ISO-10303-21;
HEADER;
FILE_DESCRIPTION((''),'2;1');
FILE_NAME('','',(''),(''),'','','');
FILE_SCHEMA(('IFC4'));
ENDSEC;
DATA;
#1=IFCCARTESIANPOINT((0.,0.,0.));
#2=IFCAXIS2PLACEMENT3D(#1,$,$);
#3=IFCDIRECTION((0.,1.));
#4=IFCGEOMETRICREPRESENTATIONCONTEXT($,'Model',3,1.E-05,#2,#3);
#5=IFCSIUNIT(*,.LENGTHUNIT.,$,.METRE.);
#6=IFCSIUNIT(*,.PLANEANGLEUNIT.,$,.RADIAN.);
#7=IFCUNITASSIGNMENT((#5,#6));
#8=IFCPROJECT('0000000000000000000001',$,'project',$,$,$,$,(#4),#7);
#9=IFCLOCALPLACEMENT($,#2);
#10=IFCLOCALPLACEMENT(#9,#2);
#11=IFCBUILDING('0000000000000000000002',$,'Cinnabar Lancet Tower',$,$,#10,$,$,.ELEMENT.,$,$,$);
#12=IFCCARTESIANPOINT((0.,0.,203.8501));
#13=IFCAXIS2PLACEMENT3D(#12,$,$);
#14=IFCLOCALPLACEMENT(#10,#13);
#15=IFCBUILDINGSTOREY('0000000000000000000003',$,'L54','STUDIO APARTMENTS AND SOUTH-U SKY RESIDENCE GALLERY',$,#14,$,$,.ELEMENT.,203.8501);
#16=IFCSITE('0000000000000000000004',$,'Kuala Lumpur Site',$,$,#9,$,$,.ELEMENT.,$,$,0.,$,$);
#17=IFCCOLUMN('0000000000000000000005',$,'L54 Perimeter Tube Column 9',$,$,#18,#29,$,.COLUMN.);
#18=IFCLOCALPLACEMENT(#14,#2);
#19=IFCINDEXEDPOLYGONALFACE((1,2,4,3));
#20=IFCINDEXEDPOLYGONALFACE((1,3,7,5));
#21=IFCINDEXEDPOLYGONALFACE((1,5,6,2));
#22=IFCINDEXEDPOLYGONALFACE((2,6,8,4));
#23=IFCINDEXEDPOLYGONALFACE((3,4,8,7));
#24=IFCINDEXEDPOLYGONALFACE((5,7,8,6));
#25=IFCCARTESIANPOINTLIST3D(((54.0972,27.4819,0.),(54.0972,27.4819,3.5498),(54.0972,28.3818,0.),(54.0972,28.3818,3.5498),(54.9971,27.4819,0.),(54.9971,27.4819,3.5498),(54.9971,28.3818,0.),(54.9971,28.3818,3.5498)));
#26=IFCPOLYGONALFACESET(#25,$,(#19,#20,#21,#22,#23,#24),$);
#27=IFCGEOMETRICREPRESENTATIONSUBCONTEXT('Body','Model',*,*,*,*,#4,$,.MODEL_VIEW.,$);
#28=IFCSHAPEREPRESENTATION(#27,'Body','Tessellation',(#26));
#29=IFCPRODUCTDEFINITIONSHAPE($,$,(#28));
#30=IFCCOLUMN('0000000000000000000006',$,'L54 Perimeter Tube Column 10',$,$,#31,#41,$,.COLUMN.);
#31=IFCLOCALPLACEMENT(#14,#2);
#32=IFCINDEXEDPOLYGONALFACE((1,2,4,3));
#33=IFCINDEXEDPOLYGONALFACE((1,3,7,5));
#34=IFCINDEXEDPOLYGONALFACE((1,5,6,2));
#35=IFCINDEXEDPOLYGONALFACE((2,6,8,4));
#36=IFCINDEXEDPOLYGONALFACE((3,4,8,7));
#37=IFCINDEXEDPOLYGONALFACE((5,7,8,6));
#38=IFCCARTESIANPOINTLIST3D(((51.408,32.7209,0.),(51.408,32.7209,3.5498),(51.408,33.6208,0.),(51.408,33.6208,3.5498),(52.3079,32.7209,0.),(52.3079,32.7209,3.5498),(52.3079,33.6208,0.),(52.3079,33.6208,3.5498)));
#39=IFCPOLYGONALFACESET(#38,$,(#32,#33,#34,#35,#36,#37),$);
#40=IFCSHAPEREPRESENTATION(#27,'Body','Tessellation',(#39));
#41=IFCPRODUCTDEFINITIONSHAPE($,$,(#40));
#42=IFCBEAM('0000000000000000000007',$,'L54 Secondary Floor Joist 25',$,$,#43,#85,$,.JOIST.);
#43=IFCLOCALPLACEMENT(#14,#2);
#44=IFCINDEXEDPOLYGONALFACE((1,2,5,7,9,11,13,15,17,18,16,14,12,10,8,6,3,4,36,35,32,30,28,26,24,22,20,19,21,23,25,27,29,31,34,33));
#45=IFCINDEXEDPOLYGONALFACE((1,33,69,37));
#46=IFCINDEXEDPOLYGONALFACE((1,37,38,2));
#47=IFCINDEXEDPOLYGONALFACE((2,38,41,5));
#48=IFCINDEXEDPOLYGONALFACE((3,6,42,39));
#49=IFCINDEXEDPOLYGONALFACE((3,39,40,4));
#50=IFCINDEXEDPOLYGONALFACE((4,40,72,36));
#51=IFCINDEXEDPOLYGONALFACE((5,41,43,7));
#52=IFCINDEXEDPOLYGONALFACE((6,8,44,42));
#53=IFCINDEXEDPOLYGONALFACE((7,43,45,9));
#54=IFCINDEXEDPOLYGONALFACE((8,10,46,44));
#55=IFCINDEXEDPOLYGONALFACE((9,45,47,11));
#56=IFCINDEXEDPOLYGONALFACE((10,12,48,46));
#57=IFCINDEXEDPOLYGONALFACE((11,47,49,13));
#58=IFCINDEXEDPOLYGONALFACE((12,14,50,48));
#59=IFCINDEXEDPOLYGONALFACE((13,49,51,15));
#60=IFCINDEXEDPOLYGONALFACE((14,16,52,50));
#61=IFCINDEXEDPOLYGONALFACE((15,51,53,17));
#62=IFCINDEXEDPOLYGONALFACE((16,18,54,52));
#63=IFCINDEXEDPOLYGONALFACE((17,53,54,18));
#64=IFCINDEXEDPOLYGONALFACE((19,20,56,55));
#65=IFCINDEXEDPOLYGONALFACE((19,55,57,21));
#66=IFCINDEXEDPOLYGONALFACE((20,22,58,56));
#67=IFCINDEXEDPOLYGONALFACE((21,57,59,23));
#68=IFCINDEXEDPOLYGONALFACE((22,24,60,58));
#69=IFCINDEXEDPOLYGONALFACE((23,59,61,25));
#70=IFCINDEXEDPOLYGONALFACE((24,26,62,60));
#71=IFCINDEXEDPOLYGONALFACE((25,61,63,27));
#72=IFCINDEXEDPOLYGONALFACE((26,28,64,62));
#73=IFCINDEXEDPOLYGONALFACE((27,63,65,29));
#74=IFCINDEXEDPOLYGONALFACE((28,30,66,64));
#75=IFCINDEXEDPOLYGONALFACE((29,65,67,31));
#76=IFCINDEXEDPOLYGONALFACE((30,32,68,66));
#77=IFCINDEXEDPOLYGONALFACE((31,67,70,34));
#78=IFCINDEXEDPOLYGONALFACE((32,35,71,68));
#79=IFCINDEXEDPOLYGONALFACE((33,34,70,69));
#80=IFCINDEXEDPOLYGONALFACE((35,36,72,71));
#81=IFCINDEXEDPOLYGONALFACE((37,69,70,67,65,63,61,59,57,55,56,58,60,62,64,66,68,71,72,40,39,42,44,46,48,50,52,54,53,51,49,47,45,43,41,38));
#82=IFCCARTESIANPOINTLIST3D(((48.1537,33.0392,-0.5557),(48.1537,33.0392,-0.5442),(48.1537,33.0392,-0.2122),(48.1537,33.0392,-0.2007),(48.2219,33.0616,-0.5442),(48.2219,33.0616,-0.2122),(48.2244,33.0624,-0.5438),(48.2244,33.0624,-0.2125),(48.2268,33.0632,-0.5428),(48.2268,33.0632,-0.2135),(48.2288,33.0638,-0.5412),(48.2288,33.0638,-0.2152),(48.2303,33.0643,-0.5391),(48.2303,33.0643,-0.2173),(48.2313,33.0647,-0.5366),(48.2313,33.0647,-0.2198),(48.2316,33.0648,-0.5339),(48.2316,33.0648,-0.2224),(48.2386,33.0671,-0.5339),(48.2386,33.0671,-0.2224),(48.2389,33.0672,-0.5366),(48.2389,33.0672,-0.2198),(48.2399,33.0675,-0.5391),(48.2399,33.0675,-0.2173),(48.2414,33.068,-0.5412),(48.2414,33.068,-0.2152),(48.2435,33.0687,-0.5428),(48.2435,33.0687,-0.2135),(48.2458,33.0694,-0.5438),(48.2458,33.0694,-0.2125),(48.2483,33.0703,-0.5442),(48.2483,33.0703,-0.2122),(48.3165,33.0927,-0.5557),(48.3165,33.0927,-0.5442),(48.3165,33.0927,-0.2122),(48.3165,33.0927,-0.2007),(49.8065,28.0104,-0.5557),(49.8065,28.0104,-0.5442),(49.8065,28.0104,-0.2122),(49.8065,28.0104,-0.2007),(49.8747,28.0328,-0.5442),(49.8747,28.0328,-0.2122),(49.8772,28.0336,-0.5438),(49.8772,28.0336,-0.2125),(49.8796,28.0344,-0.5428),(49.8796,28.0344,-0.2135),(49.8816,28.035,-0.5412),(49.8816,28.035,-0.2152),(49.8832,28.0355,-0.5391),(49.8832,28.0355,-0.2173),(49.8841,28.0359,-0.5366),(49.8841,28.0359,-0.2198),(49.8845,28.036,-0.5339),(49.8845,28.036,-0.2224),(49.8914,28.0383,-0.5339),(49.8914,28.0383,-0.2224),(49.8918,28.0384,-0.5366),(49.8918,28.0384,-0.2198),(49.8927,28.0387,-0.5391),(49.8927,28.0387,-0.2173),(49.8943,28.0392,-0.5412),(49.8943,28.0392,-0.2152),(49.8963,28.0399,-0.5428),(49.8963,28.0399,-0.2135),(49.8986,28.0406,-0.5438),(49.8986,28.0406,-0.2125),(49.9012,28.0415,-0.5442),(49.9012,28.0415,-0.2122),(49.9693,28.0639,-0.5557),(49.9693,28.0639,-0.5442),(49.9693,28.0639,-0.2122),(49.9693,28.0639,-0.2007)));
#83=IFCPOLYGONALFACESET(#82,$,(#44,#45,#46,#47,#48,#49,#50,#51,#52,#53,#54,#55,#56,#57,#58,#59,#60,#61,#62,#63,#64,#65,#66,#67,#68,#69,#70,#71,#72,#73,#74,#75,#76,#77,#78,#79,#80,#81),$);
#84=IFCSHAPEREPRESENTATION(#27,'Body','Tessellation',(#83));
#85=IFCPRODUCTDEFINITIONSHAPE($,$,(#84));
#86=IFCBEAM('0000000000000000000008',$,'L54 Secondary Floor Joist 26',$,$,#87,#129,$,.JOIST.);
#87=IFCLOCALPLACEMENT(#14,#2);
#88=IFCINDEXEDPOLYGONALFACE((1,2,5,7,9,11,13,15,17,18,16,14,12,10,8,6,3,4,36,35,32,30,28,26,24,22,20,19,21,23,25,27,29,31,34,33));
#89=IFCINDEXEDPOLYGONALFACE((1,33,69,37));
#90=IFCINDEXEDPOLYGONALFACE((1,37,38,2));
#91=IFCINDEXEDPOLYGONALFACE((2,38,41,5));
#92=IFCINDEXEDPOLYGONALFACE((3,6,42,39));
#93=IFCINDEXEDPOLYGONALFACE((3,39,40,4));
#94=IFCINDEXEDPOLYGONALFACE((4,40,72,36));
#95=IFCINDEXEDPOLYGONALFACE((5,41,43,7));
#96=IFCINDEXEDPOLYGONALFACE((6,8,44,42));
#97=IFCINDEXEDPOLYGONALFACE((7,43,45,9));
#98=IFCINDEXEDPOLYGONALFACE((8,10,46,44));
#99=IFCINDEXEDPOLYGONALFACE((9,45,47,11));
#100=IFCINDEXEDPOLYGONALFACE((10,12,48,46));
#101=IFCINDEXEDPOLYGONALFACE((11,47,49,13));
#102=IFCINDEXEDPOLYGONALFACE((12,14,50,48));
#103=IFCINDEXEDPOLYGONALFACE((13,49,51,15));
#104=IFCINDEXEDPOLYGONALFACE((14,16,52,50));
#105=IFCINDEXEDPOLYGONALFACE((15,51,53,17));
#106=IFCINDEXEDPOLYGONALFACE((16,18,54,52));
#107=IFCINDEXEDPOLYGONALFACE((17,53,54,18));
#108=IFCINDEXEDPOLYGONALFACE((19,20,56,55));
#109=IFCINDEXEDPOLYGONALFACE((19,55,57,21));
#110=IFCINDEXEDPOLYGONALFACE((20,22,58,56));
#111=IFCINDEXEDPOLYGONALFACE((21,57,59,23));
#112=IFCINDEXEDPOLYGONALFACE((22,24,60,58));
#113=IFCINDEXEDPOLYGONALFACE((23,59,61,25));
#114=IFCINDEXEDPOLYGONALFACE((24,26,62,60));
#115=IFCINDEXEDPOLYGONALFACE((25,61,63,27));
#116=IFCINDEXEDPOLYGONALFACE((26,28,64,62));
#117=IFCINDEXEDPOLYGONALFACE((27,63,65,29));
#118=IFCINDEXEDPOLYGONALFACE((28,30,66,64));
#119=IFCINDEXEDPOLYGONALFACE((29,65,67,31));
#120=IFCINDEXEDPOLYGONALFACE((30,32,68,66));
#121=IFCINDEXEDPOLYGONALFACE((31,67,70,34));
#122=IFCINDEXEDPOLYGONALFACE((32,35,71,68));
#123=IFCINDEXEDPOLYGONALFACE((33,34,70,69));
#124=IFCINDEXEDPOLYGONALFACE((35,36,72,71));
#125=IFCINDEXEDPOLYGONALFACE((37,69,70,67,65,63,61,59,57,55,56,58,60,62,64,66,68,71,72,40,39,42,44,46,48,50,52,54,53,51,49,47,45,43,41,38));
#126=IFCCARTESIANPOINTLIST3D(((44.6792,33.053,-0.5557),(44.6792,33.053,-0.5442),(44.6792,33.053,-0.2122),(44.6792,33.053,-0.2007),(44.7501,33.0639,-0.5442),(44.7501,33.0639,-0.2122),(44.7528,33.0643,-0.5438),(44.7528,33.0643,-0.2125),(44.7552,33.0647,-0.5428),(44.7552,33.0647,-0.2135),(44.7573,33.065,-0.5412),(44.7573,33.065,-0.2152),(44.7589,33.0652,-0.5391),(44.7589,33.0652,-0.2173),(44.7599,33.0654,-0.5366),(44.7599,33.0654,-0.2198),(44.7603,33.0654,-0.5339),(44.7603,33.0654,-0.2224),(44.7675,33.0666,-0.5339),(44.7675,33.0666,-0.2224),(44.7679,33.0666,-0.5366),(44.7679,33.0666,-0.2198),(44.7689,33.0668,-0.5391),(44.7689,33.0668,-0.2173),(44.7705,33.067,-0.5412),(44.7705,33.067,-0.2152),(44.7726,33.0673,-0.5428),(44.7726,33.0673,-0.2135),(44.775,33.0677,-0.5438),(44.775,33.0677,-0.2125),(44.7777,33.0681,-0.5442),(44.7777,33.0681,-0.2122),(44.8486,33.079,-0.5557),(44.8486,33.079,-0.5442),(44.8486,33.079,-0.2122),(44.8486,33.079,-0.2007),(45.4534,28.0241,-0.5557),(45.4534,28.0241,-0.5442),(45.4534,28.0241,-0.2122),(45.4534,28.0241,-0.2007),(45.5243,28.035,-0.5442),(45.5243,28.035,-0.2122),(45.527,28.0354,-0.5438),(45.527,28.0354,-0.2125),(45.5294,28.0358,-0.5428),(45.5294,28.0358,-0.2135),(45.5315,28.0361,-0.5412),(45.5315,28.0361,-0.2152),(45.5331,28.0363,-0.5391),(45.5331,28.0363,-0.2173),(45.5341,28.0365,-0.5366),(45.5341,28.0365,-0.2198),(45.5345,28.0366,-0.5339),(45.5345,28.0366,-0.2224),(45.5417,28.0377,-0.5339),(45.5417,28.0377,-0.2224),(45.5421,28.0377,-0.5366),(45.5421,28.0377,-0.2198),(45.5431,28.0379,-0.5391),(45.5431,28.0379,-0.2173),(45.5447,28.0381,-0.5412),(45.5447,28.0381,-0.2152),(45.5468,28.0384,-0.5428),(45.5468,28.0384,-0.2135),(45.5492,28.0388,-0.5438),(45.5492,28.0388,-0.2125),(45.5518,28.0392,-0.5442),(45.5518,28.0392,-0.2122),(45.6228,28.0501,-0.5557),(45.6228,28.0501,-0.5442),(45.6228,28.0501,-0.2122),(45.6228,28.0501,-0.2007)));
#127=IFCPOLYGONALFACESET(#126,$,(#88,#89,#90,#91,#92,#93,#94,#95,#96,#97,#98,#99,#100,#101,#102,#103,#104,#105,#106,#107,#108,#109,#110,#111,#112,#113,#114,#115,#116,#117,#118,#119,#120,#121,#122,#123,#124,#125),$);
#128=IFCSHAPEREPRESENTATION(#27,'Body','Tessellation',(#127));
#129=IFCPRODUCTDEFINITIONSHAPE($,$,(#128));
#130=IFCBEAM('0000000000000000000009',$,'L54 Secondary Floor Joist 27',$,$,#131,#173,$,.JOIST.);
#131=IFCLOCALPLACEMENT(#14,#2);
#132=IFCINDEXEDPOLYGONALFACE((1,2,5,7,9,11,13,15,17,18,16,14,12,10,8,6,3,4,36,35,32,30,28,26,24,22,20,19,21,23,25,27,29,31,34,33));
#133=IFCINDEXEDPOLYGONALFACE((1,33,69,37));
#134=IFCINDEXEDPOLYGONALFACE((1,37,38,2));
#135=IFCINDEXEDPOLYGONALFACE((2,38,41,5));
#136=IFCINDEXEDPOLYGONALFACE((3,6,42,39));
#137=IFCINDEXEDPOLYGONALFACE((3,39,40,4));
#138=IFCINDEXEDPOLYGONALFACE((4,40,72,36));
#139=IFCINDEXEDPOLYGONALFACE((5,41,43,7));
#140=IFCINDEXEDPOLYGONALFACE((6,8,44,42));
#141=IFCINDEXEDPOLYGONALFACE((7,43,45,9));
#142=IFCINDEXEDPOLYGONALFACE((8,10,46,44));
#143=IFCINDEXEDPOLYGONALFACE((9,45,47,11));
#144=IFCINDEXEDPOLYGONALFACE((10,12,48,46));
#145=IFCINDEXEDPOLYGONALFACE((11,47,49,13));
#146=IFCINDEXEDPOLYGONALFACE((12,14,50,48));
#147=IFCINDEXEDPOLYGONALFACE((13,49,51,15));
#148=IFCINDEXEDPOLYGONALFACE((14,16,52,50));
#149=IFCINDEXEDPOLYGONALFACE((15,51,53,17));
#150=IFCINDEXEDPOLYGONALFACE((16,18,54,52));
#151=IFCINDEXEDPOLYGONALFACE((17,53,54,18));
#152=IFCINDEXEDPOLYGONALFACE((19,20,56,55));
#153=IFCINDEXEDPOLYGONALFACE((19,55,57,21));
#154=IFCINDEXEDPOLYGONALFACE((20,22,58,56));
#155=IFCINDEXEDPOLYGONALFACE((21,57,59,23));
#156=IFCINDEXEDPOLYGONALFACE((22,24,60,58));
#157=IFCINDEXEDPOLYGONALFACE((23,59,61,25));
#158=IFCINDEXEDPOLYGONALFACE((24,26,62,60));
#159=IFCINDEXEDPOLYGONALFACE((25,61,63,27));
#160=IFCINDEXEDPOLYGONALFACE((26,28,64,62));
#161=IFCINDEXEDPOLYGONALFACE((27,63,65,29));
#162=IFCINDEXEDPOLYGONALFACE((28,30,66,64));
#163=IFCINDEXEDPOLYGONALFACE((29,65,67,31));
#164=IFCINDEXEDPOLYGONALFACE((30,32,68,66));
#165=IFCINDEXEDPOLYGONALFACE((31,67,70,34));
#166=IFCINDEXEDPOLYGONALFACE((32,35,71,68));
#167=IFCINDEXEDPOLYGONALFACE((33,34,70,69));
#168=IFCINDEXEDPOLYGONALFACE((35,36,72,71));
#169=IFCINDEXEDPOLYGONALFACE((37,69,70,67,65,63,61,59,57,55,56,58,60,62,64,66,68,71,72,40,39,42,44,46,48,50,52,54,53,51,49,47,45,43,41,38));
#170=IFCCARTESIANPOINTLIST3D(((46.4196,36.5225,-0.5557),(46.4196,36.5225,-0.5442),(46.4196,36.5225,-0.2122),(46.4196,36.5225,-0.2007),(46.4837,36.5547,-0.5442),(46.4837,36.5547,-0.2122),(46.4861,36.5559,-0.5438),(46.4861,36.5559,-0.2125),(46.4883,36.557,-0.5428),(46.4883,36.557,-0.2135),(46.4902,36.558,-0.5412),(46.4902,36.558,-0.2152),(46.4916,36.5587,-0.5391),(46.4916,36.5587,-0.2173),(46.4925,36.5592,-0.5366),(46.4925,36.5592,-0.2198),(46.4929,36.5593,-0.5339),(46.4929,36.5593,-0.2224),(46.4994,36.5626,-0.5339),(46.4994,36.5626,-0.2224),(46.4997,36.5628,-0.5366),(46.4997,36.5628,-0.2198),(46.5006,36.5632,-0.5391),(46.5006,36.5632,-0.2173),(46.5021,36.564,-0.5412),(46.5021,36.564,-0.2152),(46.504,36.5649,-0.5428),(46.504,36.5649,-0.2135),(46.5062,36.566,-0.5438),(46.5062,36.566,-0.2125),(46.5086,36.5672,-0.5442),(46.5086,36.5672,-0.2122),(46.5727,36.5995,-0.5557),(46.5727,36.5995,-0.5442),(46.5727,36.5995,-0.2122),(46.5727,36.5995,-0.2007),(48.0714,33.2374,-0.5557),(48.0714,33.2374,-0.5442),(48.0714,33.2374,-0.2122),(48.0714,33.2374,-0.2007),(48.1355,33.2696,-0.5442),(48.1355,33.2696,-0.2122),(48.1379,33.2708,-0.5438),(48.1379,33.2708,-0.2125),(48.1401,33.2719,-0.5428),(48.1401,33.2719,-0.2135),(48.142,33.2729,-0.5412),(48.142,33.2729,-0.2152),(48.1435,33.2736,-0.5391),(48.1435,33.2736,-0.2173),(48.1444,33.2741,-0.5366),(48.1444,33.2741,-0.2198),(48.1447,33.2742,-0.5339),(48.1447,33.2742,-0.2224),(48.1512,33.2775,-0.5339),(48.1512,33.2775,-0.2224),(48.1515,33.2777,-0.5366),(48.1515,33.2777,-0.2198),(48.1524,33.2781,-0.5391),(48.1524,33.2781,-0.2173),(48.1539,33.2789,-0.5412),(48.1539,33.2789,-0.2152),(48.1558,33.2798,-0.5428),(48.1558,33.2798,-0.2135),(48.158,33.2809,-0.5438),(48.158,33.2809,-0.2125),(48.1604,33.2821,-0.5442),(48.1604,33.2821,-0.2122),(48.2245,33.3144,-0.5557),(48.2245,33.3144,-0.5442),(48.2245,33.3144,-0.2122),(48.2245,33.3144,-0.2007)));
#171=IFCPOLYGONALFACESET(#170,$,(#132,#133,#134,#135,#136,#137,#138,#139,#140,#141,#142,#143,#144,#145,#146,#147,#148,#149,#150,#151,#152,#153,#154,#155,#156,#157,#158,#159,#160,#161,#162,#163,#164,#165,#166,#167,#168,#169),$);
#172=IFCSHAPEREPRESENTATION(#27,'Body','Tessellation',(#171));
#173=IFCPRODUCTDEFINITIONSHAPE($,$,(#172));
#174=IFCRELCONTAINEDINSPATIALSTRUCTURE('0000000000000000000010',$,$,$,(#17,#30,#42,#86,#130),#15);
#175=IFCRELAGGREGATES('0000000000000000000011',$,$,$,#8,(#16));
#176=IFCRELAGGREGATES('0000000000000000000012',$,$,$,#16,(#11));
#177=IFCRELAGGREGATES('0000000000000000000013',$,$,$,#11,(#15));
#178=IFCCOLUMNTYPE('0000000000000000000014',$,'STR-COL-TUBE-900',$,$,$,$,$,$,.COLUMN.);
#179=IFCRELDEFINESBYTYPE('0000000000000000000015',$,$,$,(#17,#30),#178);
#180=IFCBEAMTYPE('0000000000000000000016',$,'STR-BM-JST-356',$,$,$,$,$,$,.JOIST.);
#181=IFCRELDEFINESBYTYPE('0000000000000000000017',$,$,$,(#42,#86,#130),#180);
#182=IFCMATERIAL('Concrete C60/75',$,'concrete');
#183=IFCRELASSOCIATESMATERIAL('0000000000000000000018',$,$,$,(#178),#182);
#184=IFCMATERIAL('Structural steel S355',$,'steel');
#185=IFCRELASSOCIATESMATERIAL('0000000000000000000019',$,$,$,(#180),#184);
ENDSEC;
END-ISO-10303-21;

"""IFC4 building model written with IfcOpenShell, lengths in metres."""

from ifc_helpers import new_model, si_unit, direction, frame, origin, origin_2d, place, context, subcontext, project, spatial, rectangle, i_section, extrude, material, material_profile, profile_set, type_object, element, save


model = new_model("IFC4")

# Units and contexts
model_context = context("Model", 3, precision=1e-05, world=origin(), true_north=direction((0.0, 1.0)))
body_context = subcontext(model_context, "Body", "Model", "MODEL_VIEW")
ifc_project = project(units=[si_unit("LENGTHUNIT", "METRE"), si_unit("PLANEANGLEUNIT", "RADIAN")], contexts=[model_context])

# Site, building, storey
site_placement = place(None, origin())
site = spatial("IfcSite", under=ifc_project, at=site_placement, Name="Kuala Lumpur Site", CompositionType="ELEMENT", RefElevation=0.0)
building_placement = place(site_placement, origin())
building = spatial("IfcBuilding", under=site, at=building_placement, Name="Cinnabar Lancet Tower", CompositionType="ELEMENT")
storey_placement = place(building_placement, frame((0.0, 0.0, 203.8501)))
storey = spatial("IfcBuildingStorey", under=building, at=storey_placement, Name="L54", Description="STUDIO APARTMENTS AND SOUTH-U SKY RESIDENCE GALLERY", CompositionType="ELEMENT", Elevation=203.8501)

# Columns
ifc_material_1 = material(Name="Concrete C60/75", Category="concrete")
ifc_material_profile_1 = material_profile(ifc_material_1, rectangle(XDim=0.8999, YDim=0.8999, at=origin_2d()), Name="RC-COL 900x900")
ifc_profile_set_1 = profile_set([ifc_material_profile_1], Name="Concrete C60/75")
column_type = type_object("IfcColumnType", Name="STR-COL-TUBE-900", PredefinedType="COLUMN", material=ifc_profile_set_1)
for number, where, z_axis, x_axis, name in (
    (1, (54.5471, 27.9319, 0.0), (0.0, 0.0, 1.0), (1.0, 0.0, 0.0), "L54 Perimeter Tube Column 9"),
    (2, (51.8579, 33.1709, 0.0), (0.0, 0.0, 1.0), (1.0, 0.0, 0.0), "L54 Perimeter Tube Column 10"),
):
    element("IfcColumn", number, at=place(storey_placement, frame(where, z_axis=z_axis, x_axis=x_axis)), inside=storey, type_object=column_type, Name=name, PredefinedType="COLUMN", context=body_context, shape_type="SweptSolid", body=[
        extrude(rectangle(XDim=0.8999, YDim=0.8999, at=origin_2d()), origin(), (0.0, 0.0, 1.0), 3.5498),
    ])

# Beams
ifc_material_2 = material(Name="Structural steel S355", Category="steel")
ifc_material_profile_2 = material_profile(ifc_material_2, i_section(OverallWidth=0.1714, OverallDepth=0.355, WebThickness=0.0073, FlangeThickness=0.0115, FilletRadius=0.0103, at=origin_2d()), Name="UKB 356x171x51")
ifc_profile_set_2 = profile_set([ifc_material_profile_2], Name="Structural steel S355")
beam_type_1 = type_object("IfcBeamType", Name="STR-BM-JST-356", PredefinedType="JOIST", material=ifc_profile_set_2)
beam_1_placement = place(storey_placement, frame((49.8879, 28.0371, -0.3782), z_axis=(-0.31224, 0.950003, 0.0), x_axis=(-0.950003, -0.31224, 0.0)))
element("IfcBeam", 3, at=beam_1_placement, inside=storey, type_object=beam_type_1, Name="L54 Secondary Floor Joist 25", PredefinedType="JOIST", context=body_context, shape_type="SweptSolid", body=[
    extrude(i_section(OverallWidth=0.1714, OverallDepth=0.355, WebThickness=0.0073, FlangeThickness=0.0115, FilletRadius=0.0103, at=origin_2d()), origin(), (0.0, 0.0, 1.0), 5.2935),
])
beam_2_placement = place(storey_placement, frame((45.5381, 28.0371, -0.3782), z_axis=(-0.152155, 0.988357, 0.0), x_axis=(-0.988357, -0.152155, 0.0)))
element("IfcBeam", 4, at=beam_2_placement, inside=storey, type_object=beam_type_1, Name="L54 Secondary Floor Joist 26", PredefinedType="JOIST", context=body_context, shape_type="SweptSolid", body=[
    extrude(i_section(OverallWidth=0.1714, OverallDepth=0.355, WebThickness=0.0073, FlangeThickness=0.0115, FilletRadius=0.0103, at=origin_2d()), origin(), (0.0, 0.0, 1.0), 5.0881),
])
beam_3_placement = place(storey_placement, frame((48.1479, 33.2759, -0.3782), z_axis=(-0.449231, 0.893416, 0.0), x_axis=(-0.893416, -0.449231, 0.0)))
element("IfcBeam", 5, at=beam_3_placement, inside=storey, type_object=beam_type_1, Name="L54 Secondary Floor Joist 27", PredefinedType="JOIST", context=body_context, shape_type="SweptSolid", body=[
    extrude(i_section(OverallWidth=0.1714, OverallDepth=0.355, WebThickness=0.0073, FlangeThickness=0.0115, FilletRadius=0.0103, at=origin_2d()), origin(), (0.0, 0.0, 1.0), 3.677),
])

save(model, "model.ifc")
